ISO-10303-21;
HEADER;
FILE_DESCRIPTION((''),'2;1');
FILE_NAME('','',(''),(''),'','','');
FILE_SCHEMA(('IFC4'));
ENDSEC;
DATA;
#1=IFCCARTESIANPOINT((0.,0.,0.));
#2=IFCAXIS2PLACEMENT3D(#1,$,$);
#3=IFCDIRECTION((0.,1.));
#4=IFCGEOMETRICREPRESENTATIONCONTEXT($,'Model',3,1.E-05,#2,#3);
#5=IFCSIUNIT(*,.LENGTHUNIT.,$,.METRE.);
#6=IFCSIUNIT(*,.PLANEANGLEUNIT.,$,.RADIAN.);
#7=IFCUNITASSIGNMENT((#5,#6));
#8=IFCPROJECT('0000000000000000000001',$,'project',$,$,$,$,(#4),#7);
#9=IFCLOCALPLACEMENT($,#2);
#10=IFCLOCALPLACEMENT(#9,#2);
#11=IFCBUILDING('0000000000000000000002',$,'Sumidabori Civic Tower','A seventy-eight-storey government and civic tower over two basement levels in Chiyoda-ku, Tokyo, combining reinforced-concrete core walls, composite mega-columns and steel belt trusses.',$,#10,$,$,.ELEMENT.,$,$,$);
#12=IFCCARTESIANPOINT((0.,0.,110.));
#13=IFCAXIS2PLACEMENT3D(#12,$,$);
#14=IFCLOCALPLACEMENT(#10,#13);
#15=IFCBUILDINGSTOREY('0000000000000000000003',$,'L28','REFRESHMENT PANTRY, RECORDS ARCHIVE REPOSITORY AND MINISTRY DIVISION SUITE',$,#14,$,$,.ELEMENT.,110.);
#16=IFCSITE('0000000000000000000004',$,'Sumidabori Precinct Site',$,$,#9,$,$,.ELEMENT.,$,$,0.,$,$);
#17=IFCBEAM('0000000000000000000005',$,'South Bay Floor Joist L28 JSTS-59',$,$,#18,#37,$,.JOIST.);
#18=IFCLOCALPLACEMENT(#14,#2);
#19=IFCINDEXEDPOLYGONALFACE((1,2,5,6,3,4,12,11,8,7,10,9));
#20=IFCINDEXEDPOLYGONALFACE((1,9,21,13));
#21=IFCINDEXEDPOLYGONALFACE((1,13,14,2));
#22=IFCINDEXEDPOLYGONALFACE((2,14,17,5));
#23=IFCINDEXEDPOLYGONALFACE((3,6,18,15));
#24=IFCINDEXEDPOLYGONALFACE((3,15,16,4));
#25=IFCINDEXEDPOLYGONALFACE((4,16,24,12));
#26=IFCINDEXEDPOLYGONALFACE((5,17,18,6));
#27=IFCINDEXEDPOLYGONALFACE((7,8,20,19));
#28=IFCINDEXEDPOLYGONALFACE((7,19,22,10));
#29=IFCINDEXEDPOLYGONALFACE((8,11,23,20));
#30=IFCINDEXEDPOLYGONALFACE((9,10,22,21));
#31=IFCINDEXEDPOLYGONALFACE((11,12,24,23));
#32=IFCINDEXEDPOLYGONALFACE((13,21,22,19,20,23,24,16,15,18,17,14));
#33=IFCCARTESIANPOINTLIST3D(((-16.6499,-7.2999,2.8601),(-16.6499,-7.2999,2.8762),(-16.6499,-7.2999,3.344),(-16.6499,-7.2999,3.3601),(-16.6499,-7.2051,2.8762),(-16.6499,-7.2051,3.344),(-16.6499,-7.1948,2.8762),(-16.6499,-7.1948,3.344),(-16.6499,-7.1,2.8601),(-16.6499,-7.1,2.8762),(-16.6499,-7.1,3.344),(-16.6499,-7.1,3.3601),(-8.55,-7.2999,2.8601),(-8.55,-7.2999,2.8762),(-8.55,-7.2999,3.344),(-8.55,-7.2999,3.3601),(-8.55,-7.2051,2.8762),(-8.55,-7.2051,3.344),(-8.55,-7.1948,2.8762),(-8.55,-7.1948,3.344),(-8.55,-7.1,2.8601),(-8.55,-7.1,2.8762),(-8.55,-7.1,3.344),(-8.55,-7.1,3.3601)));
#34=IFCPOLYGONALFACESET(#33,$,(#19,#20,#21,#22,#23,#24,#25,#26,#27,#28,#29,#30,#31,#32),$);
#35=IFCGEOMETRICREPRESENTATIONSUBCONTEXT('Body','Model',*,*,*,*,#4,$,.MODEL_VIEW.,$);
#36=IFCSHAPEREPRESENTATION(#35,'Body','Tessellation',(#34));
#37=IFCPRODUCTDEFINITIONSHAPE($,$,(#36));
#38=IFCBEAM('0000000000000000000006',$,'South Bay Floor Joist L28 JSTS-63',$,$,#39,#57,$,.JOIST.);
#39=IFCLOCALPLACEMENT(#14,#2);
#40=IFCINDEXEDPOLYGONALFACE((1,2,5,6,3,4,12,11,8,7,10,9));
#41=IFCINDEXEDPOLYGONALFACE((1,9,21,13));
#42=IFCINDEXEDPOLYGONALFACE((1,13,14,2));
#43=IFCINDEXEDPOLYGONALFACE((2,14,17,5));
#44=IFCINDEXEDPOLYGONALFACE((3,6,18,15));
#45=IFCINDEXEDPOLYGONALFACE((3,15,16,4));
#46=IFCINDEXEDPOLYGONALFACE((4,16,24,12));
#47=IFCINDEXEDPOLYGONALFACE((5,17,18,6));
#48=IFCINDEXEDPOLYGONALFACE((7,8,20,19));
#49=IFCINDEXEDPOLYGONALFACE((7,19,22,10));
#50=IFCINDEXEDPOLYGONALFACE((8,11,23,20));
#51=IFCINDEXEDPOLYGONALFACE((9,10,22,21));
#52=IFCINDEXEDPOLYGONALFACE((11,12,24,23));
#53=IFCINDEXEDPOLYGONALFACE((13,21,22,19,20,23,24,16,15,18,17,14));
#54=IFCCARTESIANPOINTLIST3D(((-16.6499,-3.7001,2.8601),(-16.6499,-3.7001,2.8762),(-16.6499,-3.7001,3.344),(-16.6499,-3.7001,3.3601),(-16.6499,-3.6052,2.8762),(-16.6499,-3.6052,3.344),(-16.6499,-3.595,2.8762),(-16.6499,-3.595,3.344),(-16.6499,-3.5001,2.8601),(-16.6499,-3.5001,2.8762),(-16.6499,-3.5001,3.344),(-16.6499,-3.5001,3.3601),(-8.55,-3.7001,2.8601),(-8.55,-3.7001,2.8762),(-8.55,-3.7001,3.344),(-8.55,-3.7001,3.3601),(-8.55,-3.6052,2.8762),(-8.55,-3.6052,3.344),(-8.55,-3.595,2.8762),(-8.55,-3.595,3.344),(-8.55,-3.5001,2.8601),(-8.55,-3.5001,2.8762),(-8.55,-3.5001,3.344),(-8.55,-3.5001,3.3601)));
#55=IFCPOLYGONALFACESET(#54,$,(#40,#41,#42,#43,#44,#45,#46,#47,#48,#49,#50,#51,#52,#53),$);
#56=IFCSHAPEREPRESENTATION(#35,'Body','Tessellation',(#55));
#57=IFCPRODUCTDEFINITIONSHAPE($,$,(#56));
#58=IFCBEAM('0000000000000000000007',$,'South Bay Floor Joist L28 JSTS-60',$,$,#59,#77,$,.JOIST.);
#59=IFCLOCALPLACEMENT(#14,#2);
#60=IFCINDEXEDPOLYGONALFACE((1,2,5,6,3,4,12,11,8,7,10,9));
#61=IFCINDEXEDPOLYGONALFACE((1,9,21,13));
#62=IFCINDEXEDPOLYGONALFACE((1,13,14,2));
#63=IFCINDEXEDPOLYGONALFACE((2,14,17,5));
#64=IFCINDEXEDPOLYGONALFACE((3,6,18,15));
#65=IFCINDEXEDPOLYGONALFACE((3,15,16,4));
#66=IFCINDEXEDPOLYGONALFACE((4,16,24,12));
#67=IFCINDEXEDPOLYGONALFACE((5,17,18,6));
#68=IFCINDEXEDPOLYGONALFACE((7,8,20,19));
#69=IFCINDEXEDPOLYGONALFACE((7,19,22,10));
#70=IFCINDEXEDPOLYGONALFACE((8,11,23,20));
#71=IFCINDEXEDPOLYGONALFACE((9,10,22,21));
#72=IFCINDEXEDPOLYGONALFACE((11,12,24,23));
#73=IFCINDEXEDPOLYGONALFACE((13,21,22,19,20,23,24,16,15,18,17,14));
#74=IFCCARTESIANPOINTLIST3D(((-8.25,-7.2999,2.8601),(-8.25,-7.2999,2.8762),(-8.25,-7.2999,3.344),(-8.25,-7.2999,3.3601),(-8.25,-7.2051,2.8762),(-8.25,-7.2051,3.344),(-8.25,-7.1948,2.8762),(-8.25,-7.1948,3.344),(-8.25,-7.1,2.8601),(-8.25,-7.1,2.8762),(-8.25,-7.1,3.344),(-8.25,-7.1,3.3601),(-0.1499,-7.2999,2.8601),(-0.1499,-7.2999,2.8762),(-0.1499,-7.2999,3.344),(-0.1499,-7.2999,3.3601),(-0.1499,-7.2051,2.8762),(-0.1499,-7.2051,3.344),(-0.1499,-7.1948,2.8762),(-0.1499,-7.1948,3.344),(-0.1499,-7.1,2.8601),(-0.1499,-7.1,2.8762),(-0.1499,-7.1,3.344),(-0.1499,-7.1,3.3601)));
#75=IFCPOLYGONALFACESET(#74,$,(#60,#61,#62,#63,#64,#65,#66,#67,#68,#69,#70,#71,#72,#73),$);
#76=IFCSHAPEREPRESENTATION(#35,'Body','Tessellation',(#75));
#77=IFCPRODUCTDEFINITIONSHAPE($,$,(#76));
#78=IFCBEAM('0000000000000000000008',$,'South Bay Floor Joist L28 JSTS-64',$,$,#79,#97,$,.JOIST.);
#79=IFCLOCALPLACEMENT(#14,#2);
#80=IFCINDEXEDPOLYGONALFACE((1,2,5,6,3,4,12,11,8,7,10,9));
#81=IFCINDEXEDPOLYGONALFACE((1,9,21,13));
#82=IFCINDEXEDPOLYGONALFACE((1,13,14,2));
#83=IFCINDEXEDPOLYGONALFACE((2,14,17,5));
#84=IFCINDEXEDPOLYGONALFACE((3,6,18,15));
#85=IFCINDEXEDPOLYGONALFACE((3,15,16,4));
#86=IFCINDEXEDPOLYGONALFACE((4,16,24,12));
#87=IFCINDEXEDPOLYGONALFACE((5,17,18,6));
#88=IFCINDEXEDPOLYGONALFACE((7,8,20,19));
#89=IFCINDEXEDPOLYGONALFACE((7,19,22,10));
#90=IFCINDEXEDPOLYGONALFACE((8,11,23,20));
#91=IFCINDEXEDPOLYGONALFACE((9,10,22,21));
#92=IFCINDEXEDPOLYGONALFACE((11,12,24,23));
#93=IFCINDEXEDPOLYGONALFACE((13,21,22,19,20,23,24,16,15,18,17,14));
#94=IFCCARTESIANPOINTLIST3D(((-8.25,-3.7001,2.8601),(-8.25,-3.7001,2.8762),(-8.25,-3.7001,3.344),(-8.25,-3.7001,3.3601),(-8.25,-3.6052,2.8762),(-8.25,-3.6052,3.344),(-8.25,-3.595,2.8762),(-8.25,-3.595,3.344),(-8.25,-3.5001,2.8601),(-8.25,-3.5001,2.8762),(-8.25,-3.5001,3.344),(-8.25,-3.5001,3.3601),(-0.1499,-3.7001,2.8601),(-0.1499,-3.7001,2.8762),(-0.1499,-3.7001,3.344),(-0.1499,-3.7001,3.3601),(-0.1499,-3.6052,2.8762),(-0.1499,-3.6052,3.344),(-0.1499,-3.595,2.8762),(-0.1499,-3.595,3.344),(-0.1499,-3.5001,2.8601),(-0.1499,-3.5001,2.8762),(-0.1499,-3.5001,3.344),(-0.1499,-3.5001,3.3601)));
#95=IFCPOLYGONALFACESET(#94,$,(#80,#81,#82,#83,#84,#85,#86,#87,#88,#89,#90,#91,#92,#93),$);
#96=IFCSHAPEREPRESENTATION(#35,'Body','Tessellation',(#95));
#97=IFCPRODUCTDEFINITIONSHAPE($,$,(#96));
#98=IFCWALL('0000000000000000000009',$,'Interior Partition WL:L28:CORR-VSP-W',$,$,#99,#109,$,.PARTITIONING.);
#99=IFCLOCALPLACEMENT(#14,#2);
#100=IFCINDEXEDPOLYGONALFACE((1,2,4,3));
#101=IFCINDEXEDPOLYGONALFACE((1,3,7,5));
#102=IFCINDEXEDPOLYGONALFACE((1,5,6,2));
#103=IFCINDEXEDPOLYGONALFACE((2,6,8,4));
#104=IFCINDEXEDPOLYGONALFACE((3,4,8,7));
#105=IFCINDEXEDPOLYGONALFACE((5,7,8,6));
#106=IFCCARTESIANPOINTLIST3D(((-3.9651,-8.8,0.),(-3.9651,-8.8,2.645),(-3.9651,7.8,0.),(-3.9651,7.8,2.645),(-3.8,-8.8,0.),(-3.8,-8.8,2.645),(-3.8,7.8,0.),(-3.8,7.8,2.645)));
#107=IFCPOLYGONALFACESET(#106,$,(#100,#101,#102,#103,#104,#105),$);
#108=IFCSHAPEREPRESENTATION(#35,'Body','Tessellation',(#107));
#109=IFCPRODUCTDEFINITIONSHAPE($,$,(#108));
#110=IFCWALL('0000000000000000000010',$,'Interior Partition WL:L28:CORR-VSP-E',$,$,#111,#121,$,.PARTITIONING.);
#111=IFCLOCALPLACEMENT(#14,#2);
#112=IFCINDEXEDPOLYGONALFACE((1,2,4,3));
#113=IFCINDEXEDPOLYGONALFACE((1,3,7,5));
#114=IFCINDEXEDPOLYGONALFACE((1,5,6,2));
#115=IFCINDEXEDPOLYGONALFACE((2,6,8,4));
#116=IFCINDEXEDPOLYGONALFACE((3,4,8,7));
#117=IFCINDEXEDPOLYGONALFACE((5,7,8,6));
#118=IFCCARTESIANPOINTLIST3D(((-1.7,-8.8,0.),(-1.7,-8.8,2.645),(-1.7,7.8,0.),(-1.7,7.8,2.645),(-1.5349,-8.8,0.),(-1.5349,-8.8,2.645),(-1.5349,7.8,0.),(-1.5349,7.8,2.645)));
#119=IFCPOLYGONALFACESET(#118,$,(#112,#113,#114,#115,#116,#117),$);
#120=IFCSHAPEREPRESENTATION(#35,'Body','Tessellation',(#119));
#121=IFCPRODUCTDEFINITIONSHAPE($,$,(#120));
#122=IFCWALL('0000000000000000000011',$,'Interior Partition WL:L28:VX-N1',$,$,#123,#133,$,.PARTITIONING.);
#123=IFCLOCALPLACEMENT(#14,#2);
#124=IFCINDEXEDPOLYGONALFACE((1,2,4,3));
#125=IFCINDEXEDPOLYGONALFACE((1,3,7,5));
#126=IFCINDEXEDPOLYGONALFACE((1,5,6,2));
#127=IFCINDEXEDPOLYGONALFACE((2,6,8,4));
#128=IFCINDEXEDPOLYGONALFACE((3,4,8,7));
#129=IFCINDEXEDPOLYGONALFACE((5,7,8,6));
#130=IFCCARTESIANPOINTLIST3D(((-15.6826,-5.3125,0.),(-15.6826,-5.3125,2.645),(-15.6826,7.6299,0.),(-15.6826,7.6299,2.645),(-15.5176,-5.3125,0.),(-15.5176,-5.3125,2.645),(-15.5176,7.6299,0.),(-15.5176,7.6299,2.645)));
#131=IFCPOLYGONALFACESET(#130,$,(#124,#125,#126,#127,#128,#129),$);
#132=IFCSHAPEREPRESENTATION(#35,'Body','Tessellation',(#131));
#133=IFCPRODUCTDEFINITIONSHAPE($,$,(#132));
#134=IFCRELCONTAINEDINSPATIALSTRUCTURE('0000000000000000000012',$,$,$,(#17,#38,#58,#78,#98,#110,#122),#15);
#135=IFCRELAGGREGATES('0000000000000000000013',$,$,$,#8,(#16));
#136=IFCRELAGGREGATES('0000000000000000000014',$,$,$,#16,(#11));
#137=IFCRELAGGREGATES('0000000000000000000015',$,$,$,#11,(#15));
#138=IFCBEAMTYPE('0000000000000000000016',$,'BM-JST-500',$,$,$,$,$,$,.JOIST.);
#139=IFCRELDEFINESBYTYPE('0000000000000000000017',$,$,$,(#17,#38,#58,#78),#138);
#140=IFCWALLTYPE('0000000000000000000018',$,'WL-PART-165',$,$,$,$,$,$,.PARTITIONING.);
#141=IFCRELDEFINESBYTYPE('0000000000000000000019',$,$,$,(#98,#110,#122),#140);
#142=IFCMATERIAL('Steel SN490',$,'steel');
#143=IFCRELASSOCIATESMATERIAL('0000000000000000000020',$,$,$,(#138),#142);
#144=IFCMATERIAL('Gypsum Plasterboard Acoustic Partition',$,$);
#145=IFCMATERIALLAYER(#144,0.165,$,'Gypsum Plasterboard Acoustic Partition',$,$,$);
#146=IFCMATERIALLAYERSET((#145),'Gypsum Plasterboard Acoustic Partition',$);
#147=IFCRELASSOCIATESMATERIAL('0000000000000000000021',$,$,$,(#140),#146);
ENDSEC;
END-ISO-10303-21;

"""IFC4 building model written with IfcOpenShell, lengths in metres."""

from ifc_helpers import new_model, si_unit, direction, frame, frame_2d, origin, origin_2d, place, context, subcontext, project, spatial, rectangle, i_section, extrude, source, transform, mapped, material, layer, layer_set, material_profile, profile_set, type_object, element, save


model = new_model("IFC4")

# Units and contexts
model_context = context("Model", 3, precision=1e-05, world=origin(), true_north=direction((0.0, 1.0)))
body_context = subcontext(model_context, "Body", "Model", "MODEL_VIEW")
ifc_project = project(units=[si_unit("LENGTHUNIT", "METRE"), si_unit("PLANEANGLEUNIT", "RADIAN")], contexts=[model_context])

# Site, building, storey
site_placement = place(None, origin())
site = spatial("IfcSite", under=ifc_project, at=site_placement, Name="Sumidabori Precinct Site", CompositionType="ELEMENT", RefElevation=0.0)
building_placement = place(site_placement, origin())
building = spatial("IfcBuilding", under=site, at=building_placement, Name="Sumidabori Civic Tower", Description="A seventy-eight-storey government and civic tower over two basement levels in Chiyoda-ku, Tokyo, combining reinforced-concrete core walls, composite mega-columns and steel belt trusses.", CompositionType="ELEMENT")
storey_placement = place(building_placement, frame((0.0, 0.0, 110.0)))
storey = spatial("IfcBuildingStorey", under=building, at=storey_placement, Name="L28", Description="REFRESHMENT PANTRY, RECORDS ARCHIVE REPOSITORY AND MINISTRY DIVISION SUITE", CompositionType="ELEMENT", Elevation=110.0)

# Beams
ifc_material_1 = material(Name="Steel SN490", Category="steel")
ifc_material_profile_1 = material_profile(ifc_material_1, i_section(OverallWidth=0.2, OverallDepth=0.5, WebThickness=0.0103, FlangeThickness=0.0161, at=origin_2d()), Name="IPE 500")
ifc_profile_set_1 = profile_set([ifc_material_profile_1], Name="Steel SN490")
beam_type_1 = type_object("IfcBeamType", Name="BM-JST-500", PredefinedType="JOIST", material=ifc_profile_set_1)
shared_shape_1 = source(origin(), body_context, "Body", "SweptSolid", [
    extrude(i_section(OverallWidth=0.2, OverallDepth=0.5, WebThickness=0.0103, FlangeThickness=0.0161, at=origin_2d()), origin(), (0.0, 0.0, 1.0), 8.0999),
])
for number, where, z_axis, x_axis, name in (
    (1, (-16.6499, -7.2, 3.1101), (1.0, 0.0, 0.0), (0.0, 1.0, 0.0), "South Bay Floor Joist L28 JSTS-59"),
    (2, (-16.6499, -3.6001, 3.1101), (1.0, 0.0, 0.0), (0.0, 1.0, 0.0), "South Bay Floor Joist L28 JSTS-63"),
):
    element("IfcBeam", number, at=place(storey_placement, frame(where, z_axis=z_axis, x_axis=x_axis)), inside=storey, type_object=beam_type_1, Name=name, PredefinedType="JOIST", context=body_context, shape_type="MappedRepresentation", body=[
        mapped(shared_shape_1, transform((0.0, 0.0, 0.0), x_axis=(1.0, 0.0, 0.0), y_axis=(0.0, 1.0, 0.0), z_axis=(0.0, 0.0, 1.0), scale=1.0)),
    ])
shared_shape_2 = source(origin(), body_context, "Body", "SweptSolid", [
    extrude(i_section(OverallWidth=0.2, OverallDepth=0.5, WebThickness=0.0103, FlangeThickness=0.0161, at=origin_2d()), origin(), (0.0, 0.0, 1.0), 8.1001),
])
for number, where, z_axis, x_axis, name in (
    (3, (-8.25, -7.2, 3.1101), (1.0, 0.0, 0.0), (0.0, 1.0, 0.0), "South Bay Floor Joist L28 JSTS-60"),
    (4, (-8.25, -3.6001, 3.1101), (1.0, 0.0, 0.0), (0.0, 1.0, 0.0), "South Bay Floor Joist L28 JSTS-64"),
):
    element("IfcBeam", number, at=place(storey_placement, frame(where, z_axis=z_axis, x_axis=x_axis)), inside=storey, type_object=beam_type_1, Name=name, PredefinedType="JOIST", context=body_context, shape_type="MappedRepresentation", body=[
        mapped(shared_shape_2, transform((0.0, 0.0, 0.0), x_axis=(1.0, 0.0, 0.0), y_axis=(0.0, 1.0, 0.0), z_axis=(0.0, 0.0, 1.0), scale=1.0)),
    ])

# Walls
ifc_material_2 = material(Name="Gypsum Plasterboard Acoustic Partition")
ifc_layer = layer(ifc_material_2, 0.165, Name="Gypsum Plasterboard Acoustic Partition")
ifc_layer_set = layer_set([ifc_layer], Name="Gypsum Plasterboard Acoustic Partition")
wall_type = type_object("IfcWallType", Name="WL-PART-165", PredefinedType="PARTITIONING", material=ifc_layer_set)
shared_shape_3 = source(origin(), body_context, "Body", "SweptSolid", [
    extrude(rectangle(XDim=16.6001, YDim=0.165, at=frame_2d((8.3, 0.0))), origin(), (0.0, 0.0, 1.0), 2.645),
])
for number, where, z_axis, x_axis, name in (
    (5, (-3.8826, -8.8, 0.0), (0.0, 0.0, 1.0), (0.0, 1.0, 0.0), "Interior Partition WL:L28:CORR-VSP-W"),
    (6, (-1.6174, -8.8, 0.0), (0.0, 0.0, 1.0), (0.0, 1.0, 0.0), "Interior Partition WL:L28:CORR-VSP-E"),
):
    element("IfcWall", number, at=place(storey_placement, frame(where, z_axis=z_axis, x_axis=x_axis)), inside=storey, type_object=wall_type, Name=name, PredefinedType="PARTITIONING", context=body_context, shape_type="MappedRepresentation", body=[
        mapped(shared_shape_3, transform((0.0, 0.0, 0.0), x_axis=(1.0, 0.0, 0.0), y_axis=(0.0, 1.0, 0.0), z_axis=(0.0, 0.0, 1.0), scale=1.0)),
    ])
shared_shape_4 = source(origin(), body_context, "Body", "SweptSolid", [
    extrude(rectangle(XDim=12.9424, YDim=0.165, at=frame_2d((6.4712, 0.0))), origin(), (0.0, 0.0, 1.0), 2.645),
])
wall_1_placement = place(storey_placement, frame((-15.6001, -5.3125, 0.0), z_axis=(0.0, 0.0, 1.0), x_axis=(0.0, 1.0, 0.0)))
element("IfcWall", 7, at=wall_1_placement, inside=storey, type_object=wall_type, Name="Interior Partition WL:L28:VX-N1", PredefinedType="PARTITIONING", context=body_context, shape_type="MappedRepresentation", body=[
    mapped(shared_shape_4, transform((0.0, 0.0, 0.0), x_axis=(1.0, 0.0, 0.0), y_axis=(0.0, 1.0, 0.0), z_axis=(0.0, 0.0, 1.0), scale=1.0)),
])

save(model, "model.ifc")
